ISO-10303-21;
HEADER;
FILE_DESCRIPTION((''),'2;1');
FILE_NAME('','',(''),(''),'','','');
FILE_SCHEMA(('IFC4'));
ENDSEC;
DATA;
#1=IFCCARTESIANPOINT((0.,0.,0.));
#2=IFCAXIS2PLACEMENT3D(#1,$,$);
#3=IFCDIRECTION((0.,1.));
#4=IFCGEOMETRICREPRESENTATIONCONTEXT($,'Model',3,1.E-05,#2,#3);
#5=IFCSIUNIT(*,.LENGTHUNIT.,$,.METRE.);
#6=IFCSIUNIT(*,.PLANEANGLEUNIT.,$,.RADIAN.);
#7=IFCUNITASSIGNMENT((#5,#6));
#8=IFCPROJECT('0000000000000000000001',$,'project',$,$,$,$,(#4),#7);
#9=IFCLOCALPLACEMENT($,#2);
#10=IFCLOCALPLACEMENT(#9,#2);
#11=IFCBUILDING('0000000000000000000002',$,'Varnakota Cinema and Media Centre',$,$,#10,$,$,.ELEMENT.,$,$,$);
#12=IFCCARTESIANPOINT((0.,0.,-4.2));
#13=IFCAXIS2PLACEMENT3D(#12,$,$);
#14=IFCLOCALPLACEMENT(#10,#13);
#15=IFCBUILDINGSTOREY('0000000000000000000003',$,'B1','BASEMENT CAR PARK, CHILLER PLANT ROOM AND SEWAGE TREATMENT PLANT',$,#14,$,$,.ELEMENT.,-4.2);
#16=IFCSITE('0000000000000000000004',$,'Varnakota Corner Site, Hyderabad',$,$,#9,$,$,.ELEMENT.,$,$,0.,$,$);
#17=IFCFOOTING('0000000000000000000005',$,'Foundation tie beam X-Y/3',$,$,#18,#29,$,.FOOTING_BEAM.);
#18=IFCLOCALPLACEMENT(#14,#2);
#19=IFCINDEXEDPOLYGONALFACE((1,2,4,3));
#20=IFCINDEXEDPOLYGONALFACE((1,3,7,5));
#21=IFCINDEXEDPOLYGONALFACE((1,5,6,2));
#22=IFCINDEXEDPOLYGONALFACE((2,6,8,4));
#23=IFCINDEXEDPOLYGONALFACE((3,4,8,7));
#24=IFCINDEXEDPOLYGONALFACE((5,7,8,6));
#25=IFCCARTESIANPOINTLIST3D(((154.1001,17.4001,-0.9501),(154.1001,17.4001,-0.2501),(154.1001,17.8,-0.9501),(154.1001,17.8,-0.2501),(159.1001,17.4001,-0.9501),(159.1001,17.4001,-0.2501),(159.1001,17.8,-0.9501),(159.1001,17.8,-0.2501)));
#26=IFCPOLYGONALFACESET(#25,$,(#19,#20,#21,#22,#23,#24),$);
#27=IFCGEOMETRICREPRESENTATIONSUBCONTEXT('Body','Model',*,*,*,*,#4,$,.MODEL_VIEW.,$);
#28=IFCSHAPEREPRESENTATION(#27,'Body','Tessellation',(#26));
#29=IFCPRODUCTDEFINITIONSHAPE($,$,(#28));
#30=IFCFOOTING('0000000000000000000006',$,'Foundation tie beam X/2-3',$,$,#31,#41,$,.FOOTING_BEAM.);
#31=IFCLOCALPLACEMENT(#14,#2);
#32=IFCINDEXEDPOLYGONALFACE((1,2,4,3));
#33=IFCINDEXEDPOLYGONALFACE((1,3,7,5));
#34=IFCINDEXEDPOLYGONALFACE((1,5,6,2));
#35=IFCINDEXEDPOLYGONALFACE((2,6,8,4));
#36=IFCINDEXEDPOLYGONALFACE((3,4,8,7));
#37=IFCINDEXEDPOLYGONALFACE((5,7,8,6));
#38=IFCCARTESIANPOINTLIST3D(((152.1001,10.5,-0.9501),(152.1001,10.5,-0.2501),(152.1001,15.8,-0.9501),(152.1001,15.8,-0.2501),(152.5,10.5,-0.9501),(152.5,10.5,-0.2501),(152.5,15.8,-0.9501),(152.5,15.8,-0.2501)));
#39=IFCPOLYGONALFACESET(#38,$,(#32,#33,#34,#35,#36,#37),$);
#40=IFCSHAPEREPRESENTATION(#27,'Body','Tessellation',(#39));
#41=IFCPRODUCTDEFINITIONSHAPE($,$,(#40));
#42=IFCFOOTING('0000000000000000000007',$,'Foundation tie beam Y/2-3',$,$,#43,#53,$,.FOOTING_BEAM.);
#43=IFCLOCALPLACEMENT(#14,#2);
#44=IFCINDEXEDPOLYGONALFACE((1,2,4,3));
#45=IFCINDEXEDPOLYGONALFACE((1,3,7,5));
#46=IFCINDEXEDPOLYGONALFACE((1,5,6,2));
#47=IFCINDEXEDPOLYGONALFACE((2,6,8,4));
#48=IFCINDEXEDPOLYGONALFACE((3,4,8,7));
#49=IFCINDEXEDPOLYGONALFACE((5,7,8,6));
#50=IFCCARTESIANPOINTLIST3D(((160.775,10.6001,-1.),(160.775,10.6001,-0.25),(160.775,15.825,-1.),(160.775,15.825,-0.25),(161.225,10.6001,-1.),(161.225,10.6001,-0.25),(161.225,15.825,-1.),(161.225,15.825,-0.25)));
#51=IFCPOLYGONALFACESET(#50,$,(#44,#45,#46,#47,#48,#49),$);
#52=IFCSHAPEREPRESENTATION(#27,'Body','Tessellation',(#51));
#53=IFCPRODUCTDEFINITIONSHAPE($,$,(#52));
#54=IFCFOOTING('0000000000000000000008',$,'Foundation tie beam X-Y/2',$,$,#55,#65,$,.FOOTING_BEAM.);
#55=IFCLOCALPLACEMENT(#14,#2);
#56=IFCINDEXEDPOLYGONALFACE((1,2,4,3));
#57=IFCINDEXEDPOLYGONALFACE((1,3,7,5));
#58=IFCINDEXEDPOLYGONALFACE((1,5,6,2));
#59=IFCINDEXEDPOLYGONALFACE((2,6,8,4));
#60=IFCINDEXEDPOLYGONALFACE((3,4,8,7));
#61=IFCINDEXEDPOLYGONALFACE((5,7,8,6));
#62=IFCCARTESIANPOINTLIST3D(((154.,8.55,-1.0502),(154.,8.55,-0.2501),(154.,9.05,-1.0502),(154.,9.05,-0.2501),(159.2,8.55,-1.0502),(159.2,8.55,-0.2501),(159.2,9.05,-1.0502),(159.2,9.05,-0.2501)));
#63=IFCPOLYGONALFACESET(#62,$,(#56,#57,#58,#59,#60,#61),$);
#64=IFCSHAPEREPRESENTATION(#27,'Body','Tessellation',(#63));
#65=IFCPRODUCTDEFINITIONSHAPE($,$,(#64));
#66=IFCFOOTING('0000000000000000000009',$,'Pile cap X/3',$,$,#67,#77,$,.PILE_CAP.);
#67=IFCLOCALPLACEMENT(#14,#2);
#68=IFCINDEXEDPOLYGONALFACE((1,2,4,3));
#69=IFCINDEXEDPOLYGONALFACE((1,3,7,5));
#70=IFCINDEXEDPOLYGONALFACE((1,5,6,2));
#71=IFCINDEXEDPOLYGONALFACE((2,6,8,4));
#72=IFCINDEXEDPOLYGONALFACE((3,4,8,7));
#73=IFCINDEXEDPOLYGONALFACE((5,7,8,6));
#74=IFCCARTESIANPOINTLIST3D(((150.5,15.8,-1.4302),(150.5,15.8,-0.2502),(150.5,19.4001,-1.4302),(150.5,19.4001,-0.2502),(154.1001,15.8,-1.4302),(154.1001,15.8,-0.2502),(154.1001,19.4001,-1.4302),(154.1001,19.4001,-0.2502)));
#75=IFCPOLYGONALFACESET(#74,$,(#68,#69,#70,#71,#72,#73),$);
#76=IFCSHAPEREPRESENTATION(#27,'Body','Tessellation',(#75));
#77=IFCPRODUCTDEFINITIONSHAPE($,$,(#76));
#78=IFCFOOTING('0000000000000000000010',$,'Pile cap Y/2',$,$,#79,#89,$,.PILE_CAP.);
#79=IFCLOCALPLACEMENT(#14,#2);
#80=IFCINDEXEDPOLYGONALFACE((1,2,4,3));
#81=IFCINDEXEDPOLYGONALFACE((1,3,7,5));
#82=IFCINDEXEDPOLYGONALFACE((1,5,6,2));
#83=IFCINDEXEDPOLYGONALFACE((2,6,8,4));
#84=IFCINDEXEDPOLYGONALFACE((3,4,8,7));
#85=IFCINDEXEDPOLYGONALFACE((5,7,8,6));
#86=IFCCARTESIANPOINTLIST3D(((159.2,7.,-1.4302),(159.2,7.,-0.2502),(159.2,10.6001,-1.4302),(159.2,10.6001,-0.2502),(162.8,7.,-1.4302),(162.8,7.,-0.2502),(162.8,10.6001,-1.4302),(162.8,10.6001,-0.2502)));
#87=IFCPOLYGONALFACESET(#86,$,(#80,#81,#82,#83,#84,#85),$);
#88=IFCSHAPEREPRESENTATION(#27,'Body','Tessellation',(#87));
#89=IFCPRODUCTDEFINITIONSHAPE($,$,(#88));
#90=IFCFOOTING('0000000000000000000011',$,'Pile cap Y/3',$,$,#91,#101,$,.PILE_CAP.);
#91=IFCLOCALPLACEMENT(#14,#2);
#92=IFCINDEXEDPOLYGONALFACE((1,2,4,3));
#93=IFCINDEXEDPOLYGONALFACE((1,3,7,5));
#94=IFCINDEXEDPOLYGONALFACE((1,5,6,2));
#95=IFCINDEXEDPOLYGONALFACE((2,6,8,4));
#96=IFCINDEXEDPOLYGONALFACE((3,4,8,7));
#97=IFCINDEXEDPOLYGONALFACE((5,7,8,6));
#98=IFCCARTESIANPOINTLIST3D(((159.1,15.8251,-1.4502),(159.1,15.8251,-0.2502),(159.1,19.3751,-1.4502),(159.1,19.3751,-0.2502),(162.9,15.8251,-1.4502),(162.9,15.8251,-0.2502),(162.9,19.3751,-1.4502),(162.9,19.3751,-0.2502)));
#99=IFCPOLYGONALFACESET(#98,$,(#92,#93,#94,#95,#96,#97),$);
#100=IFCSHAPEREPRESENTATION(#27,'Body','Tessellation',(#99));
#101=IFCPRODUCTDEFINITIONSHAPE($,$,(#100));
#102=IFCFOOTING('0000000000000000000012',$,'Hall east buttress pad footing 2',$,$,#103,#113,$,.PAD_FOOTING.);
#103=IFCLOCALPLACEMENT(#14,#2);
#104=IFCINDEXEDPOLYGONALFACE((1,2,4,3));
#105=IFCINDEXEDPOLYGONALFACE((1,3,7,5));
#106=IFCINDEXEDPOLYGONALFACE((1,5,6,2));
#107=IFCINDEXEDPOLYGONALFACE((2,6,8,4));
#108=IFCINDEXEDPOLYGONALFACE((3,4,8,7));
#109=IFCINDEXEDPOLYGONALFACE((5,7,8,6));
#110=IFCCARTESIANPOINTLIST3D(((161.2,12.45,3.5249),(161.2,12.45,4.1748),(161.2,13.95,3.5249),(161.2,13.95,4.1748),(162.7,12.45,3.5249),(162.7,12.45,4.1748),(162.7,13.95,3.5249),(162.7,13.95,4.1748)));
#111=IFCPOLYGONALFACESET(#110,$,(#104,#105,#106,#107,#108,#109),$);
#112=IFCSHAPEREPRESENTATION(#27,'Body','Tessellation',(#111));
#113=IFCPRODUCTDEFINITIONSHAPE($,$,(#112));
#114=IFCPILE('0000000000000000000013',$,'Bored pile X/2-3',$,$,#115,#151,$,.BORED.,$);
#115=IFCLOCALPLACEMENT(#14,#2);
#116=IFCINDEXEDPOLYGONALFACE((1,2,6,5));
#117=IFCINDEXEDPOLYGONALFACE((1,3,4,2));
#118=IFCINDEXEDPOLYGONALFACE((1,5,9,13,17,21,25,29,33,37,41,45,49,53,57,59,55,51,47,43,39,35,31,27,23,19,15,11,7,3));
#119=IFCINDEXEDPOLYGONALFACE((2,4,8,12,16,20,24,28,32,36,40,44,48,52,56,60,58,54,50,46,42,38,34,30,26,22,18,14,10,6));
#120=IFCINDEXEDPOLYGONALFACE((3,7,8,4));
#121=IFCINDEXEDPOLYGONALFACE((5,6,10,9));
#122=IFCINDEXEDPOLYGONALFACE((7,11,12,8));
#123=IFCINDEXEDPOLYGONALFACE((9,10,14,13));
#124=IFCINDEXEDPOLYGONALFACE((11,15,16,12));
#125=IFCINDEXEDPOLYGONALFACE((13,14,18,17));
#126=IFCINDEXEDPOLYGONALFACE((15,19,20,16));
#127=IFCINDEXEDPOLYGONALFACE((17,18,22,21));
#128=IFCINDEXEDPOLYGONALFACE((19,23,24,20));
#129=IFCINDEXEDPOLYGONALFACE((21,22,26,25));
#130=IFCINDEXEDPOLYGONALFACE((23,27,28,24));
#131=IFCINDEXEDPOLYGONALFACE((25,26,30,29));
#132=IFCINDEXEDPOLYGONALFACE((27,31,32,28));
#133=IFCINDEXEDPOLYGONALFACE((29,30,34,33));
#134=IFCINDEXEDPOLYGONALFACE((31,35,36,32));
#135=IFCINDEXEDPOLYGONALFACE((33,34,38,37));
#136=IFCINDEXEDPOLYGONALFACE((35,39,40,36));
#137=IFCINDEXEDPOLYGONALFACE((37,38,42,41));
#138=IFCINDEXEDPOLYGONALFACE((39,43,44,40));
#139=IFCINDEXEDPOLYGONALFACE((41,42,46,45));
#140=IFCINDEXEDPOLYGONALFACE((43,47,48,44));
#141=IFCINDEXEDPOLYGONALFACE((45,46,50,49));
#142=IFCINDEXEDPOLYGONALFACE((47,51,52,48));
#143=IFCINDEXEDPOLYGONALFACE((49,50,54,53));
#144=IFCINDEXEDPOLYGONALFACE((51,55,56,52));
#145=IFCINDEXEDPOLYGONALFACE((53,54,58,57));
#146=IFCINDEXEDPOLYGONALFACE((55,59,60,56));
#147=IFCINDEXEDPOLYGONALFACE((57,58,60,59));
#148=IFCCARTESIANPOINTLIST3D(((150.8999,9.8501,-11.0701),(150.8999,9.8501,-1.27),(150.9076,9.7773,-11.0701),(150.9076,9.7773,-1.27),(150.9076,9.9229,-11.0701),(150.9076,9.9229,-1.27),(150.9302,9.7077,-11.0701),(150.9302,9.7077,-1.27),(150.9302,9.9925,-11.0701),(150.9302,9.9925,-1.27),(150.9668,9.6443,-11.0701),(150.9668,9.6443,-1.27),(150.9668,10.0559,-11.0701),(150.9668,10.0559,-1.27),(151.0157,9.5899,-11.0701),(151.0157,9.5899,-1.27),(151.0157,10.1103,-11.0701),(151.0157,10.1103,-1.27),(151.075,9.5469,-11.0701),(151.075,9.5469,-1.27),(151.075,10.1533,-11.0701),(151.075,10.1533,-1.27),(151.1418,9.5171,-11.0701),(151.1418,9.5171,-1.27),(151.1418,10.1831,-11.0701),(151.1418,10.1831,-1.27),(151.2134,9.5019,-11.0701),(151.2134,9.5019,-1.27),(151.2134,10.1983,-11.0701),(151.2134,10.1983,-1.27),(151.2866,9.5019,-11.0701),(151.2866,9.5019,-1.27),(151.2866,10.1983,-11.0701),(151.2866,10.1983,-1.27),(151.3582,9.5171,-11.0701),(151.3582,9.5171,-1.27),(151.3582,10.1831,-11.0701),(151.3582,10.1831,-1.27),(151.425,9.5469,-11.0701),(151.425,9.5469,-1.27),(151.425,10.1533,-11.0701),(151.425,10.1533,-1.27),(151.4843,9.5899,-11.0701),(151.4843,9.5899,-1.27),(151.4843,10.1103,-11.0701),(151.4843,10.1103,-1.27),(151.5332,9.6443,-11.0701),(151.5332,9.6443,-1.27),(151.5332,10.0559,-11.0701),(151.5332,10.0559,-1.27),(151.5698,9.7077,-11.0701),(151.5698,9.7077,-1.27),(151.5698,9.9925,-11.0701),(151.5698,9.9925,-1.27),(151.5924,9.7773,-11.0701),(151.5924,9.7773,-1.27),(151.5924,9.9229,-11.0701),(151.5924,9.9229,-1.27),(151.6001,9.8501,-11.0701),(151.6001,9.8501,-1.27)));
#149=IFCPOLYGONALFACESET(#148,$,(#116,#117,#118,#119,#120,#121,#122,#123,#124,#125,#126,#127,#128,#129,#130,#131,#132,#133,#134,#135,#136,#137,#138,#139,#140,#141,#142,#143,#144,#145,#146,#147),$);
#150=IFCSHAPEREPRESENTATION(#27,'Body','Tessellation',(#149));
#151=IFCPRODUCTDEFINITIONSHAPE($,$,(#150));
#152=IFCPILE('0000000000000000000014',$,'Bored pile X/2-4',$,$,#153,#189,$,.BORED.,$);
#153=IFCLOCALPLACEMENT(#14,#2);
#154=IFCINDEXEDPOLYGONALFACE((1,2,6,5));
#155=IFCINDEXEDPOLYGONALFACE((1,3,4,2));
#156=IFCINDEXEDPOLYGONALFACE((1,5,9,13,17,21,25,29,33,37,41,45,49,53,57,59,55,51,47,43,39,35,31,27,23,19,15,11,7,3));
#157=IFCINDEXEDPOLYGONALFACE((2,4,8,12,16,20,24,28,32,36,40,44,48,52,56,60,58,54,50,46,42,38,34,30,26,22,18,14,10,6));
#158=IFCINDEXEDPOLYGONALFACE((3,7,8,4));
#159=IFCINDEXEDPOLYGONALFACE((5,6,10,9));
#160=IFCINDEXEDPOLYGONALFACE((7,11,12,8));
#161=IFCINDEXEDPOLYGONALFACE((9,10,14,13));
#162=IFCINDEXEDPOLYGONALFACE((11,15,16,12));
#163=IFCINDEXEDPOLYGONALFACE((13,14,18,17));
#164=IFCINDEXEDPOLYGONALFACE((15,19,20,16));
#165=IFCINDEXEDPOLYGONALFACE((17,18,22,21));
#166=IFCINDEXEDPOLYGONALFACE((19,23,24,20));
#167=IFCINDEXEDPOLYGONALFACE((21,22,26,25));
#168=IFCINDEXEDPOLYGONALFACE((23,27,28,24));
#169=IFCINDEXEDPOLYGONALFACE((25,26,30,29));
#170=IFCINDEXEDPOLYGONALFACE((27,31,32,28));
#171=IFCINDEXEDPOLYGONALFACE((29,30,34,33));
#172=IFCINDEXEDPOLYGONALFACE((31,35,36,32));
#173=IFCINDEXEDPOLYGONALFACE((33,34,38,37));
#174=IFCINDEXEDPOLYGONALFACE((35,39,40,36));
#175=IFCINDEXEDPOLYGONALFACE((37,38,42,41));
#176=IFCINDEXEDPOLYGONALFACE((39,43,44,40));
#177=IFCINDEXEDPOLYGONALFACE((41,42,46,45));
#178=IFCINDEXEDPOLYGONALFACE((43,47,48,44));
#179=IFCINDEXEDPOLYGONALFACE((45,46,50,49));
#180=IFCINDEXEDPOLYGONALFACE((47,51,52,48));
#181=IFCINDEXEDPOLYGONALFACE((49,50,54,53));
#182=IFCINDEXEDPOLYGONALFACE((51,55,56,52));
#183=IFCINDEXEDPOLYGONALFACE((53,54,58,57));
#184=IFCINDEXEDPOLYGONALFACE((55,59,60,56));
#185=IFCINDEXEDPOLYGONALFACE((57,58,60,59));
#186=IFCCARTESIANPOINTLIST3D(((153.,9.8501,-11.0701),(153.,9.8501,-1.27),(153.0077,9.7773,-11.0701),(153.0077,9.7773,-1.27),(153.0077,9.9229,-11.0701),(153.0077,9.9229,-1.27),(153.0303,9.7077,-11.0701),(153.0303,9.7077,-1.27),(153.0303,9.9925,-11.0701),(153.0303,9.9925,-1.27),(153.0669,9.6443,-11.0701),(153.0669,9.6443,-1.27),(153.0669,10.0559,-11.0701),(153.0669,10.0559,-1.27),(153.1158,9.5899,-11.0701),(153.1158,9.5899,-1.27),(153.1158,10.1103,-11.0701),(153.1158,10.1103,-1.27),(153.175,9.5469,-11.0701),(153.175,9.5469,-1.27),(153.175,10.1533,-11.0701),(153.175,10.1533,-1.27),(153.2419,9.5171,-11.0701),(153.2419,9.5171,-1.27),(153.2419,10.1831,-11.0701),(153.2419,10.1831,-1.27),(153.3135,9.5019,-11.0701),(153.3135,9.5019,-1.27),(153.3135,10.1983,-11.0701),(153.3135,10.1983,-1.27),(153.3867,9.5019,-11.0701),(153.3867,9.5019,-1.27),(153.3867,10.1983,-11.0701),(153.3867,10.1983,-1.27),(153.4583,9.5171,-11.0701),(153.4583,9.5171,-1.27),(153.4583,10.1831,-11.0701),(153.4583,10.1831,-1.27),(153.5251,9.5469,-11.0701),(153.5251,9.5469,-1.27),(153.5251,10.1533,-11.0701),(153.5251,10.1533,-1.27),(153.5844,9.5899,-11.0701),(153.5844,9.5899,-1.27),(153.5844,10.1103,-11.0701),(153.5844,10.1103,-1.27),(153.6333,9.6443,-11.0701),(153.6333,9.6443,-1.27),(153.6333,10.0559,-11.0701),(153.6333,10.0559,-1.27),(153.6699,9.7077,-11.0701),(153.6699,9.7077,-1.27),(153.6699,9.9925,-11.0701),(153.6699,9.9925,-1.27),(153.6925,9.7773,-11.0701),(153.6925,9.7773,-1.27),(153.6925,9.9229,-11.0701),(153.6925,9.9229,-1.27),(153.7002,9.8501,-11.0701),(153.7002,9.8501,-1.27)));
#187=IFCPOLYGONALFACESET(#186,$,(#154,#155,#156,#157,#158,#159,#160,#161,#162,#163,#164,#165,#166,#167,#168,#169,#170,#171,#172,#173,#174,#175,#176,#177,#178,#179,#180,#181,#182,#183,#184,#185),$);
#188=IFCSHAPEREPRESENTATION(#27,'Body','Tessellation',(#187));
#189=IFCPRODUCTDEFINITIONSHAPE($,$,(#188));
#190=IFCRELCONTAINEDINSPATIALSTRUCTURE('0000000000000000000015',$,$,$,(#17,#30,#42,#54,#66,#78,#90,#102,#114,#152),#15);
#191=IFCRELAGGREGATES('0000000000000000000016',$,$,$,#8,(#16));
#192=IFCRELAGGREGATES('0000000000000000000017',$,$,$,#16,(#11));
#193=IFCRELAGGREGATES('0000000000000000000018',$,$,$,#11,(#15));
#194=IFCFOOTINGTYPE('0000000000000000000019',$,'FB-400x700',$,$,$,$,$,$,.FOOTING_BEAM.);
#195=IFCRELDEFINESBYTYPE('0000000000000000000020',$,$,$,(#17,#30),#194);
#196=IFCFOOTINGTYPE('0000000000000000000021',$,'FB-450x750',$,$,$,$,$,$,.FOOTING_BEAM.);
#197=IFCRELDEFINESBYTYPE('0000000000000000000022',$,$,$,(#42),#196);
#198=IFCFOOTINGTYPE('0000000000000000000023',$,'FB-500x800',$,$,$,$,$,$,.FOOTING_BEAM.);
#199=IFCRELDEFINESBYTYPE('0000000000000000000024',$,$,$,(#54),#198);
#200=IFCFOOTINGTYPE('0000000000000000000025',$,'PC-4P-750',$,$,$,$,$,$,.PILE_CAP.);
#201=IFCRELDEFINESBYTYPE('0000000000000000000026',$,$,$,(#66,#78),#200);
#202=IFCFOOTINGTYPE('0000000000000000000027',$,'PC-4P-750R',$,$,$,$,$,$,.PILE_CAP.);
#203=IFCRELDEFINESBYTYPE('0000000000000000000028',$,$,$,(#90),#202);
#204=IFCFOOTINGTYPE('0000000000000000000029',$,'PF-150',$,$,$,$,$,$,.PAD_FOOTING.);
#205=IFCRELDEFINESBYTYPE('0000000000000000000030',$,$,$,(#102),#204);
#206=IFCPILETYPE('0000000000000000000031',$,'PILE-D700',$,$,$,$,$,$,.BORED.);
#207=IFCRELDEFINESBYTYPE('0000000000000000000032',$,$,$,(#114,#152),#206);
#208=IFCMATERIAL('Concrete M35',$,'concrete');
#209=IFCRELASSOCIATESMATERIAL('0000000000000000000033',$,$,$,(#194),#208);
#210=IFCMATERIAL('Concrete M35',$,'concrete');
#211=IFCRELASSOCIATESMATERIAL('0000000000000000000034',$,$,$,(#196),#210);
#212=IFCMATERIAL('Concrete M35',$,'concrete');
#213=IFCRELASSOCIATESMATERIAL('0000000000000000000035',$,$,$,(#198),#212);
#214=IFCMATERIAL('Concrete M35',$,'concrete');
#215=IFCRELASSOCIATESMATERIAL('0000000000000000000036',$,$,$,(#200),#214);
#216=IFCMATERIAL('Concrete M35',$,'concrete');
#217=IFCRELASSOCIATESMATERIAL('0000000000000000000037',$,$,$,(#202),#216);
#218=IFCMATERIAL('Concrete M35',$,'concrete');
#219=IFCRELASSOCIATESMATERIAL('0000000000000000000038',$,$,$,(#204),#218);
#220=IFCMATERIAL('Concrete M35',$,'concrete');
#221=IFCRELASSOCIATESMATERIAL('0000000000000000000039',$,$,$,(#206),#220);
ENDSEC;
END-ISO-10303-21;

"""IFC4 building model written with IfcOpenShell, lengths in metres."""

from ifc_helpers import new_model, si_unit, direction, frame, origin, origin_2d, place, context, subcontext, project, spatial, rectangle, circle, extrude, material, material_profile, profile_set, type_object, element, save


model = new_model("IFC4")

# Units and contexts
model_context = context("Model", 3, precision=1e-05, world=origin(), true_north=direction((0.0, 1.0)))
body_context = subcontext(model_context, "Body", "Model", "MODEL_VIEW")
ifc_project = project(units=[si_unit("LENGTHUNIT", "METRE"), si_unit("PLANEANGLEUNIT", "RADIAN")], contexts=[model_context])

# Site, building, storey
site_placement = place(None, origin())
site = spatial("IfcSite", under=ifc_project, at=site_placement, Name="Varnakota Corner Site, Hyderabad", CompositionType="ELEMENT", RefElevation=0.0)
building_placement = place(site_placement, origin())
building = spatial("IfcBuilding", under=site, at=building_placement, Name="Varnakota Cinema and Media Centre", CompositionType="ELEMENT")
storey_placement = place(building_placement, frame((0.0, 0.0, -4.2)))
storey = spatial("IfcBuildingStorey", under=building, at=storey_placement, Name="B1", Description="BASEMENT CAR PARK, CHILLER PLANT ROOM AND SEWAGE TREATMENT PLANT", CompositionType="ELEMENT", Elevation=-4.2)

# Footings
ifc_material_1 = material(Name="Concrete M35", Category="concrete")
ifc_material_profile_1 = material_profile(ifc_material_1, rectangle(XDim=0.3999, YDim=0.7, at=origin_2d()), Name="FB 400x700")
ifc_profile_set_1 = profile_set([ifc_material_profile_1], Name="Concrete M35")
footing_type_1 = type_object("IfcFootingType", Name="FB-400x700", PredefinedType="FOOTING_BEAM", material=ifc_profile_set_1)
footing_1_placement = place(storey_placement, frame((154.1001, 17.6001, -0.6001), z_axis=(1.0, 0.0, 0.0), x_axis=(0.0, 1.0, 0.0)))
element("IfcFooting", 1, at=footing_1_placement, inside=storey, type_object=footing_type_1, Name="Foundation tie beam X-Y/3", PredefinedType="FOOTING_BEAM", context=body_context, shape_type="SweptSolid", body=[
    extrude(rectangle(XDim=0.3999, YDim=0.7, at=origin_2d()), origin(), (0.0, 0.0, 1.0), 5.0),
])
footing_2_placement = place(storey_placement, frame((152.3, 10.5, -0.6001), z_axis=(0.0, 1.0, 0.0), x_axis=(-1.0, 0.0, 0.0)))
element("IfcFooting", 2, at=footing_2_placement, inside=storey, type_object=footing_type_1, Name="Foundation tie beam X/2-3", PredefinedType="FOOTING_BEAM", context=body_context, shape_type="SweptSolid", body=[
    extrude(rectangle(XDim=0.3999, YDim=0.7, at=origin_2d()), origin(), (0.0, 0.0, 1.0), 5.3),
])
ifc_material_2 = material(Name="Concrete M35", Category="concrete")
ifc_material_profile_2 = material_profile(ifc_material_2, rectangle(XDim=0.45, YDim=0.75, at=origin_2d()), Name="FB 450x750")
ifc_profile_set_2 = profile_set([ifc_material_profile_2], Name="Concrete M35")
footing_type_2 = type_object("IfcFootingType", Name="FB-450x750", PredefinedType="FOOTING_BEAM", material=ifc_profile_set_2)
footing_3_placement = place(storey_placement, frame((161.0, 10.6001, -0.625), z_axis=(0.0, 1.0, 0.0), x_axis=(-1.0, 0.0, 0.0)))
element("IfcFooting", 3, at=footing_3_placement, inside=storey, type_object=footing_type_2, Name="Foundation tie beam Y/2-3", PredefinedType="FOOTING_BEAM", context=body_context, shape_type="SweptSolid", body=[
    extrude(rectangle(XDim=0.45, YDim=0.75, at=origin_2d()), origin(), (0.0, 0.0, 1.0), 5.2249),
])
ifc_material_3 = material(Name="Concrete M35", Category="concrete")
ifc_material_profile_3 = material_profile(ifc_material_3, rectangle(XDim=0.5, YDim=0.8, at=origin_2d()), Name="FB 500x800")
ifc_profile_set_3 = profile_set([ifc_material_profile_3], Name="Concrete M35")
footing_type_3 = type_object("IfcFootingType", Name="FB-500x800", PredefinedType="FOOTING_BEAM", material=ifc_profile_set_3)
footing_4_placement = place(storey_placement, frame((154.0, 8.8, -0.6501), z_axis=(1.0, 0.0, 0.0), x_axis=(0.0, 1.0, 0.0)))
element("IfcFooting", 4, at=footing_4_placement, inside=storey, type_object=footing_type_3, Name="Foundation tie beam X-Y/2", PredefinedType="FOOTING_BEAM", context=body_context, shape_type="SweptSolid", body=[
    extrude(rectangle(XDim=0.5, YDim=0.8, at=origin_2d()), origin(), (0.0, 0.0, 1.0), 5.2),
])
ifc_material_4 = material(Name="Concrete M35", Category="concrete")
footing_type_4 = type_object("IfcFootingType", Name="PC-4P-750", PredefinedType="PILE_CAP", material=ifc_material_4)
for number, where, z_axis, x_axis, name in (
    (5, (152.3, 17.6001, -1.4302), (0.0, 0.0, 1.0), (1.0, 0.0, 0.0), "Pile cap X/3"),
    (6, (161.0, 8.8, -1.4302), (0.0, 0.0, 1.0), (1.0, 0.0, 0.0), "Pile cap Y/2"),
):
    element("IfcFooting", number, at=place(storey_placement, frame(where, z_axis=z_axis, x_axis=x_axis)), inside=storey, type_object=footing_type_4, Name=name, PredefinedType="PILE_CAP", context=body_context, shape_type="SweptSolid", body=[
        extrude(rectangle(XDim=3.6001, YDim=3.6001, at=origin_2d()), origin(), (0.0, 0.0, 1.0), 1.1799),
    ])
ifc_material_5 = material(Name="Concrete M35", Category="concrete")
footing_type_5 = type_object("IfcFootingType", Name="PC-4P-750R", PredefinedType="PILE_CAP", material=ifc_material_5)
footing_5_placement = place(storey_placement, frame((161.0, 17.6001, -1.4502), z_axis=(0.0, 0.0, 1.0), x_axis=(1.0, 0.0, 0.0)))
element("IfcFooting", 7, at=footing_5_placement, inside=storey, type_object=footing_type_5, Name="Pile cap Y/3", PredefinedType="PILE_CAP", context=body_context, shape_type="SweptSolid", body=[
    extrude(rectangle(XDim=3.8, YDim=3.55, at=origin_2d()), origin(), (0.0, 0.0, 1.0), 1.2),
])
ifc_material_6 = material(Name="Concrete M35", Category="concrete")
footing_type_6 = type_object("IfcFootingType", Name="PF-150", PredefinedType="PAD_FOOTING", material=ifc_material_6)
footing_6_placement = place(storey_placement, frame((161.95, 13.2, 3.5249), z_axis=(0.0, 0.0, 1.0), x_axis=(1.0, 0.0, 0.0)))
element("IfcFooting", 8, at=footing_6_placement, inside=storey, type_object=footing_type_6, Name="Hall east buttress pad footing 2", PredefinedType="PAD_FOOTING", context=body_context, shape_type="SweptSolid", body=[
    extrude(rectangle(XDim=1.5, YDim=1.5, at=origin_2d()), origin(), (0.0, 0.0, 1.0), 0.6499),
])

# Piles
ifc_material_7 = material(Name="Concrete M35", Category="concrete")
ifc_material_profile_4 = material_profile(ifc_material_7, circle(Radius=0.3501, at=origin_2d()), Name="PILE D700")
ifc_profile_set_4 = profile_set([ifc_material_profile_4], Name="Concrete M35")
pile_type_1 = type_object("IfcPileType", Name="PILE-D700", PredefinedType="BORED", material=ifc_profile_set_4)
for number, where, z_axis, x_axis, name in (
    (9, (151.25, 9.8501, -1.27), (0.0, 0.0, -1.0), (1.0, 0.0, 0.0), "Bored pile X/2-3"),
    (10, (153.3501, 9.8501, -1.27), (0.0, 0.0, -1.0), (1.0, 0.0, 0.0), "Bored pile X/2-4"),
):
    element("IfcPile", number, at=place(storey_placement, frame(where, z_axis=z_axis, x_axis=x_axis)), inside=storey, type_object=pile_type_1, Name=name, PredefinedType="BORED", context=body_context, shape_type="SweptSolid", body=[
        extrude(circle(Radius=0.3501, at=origin_2d()), origin(), (0.0, 0.0, 1.0), 9.8),
    ])

save(model, "model.ifc")
